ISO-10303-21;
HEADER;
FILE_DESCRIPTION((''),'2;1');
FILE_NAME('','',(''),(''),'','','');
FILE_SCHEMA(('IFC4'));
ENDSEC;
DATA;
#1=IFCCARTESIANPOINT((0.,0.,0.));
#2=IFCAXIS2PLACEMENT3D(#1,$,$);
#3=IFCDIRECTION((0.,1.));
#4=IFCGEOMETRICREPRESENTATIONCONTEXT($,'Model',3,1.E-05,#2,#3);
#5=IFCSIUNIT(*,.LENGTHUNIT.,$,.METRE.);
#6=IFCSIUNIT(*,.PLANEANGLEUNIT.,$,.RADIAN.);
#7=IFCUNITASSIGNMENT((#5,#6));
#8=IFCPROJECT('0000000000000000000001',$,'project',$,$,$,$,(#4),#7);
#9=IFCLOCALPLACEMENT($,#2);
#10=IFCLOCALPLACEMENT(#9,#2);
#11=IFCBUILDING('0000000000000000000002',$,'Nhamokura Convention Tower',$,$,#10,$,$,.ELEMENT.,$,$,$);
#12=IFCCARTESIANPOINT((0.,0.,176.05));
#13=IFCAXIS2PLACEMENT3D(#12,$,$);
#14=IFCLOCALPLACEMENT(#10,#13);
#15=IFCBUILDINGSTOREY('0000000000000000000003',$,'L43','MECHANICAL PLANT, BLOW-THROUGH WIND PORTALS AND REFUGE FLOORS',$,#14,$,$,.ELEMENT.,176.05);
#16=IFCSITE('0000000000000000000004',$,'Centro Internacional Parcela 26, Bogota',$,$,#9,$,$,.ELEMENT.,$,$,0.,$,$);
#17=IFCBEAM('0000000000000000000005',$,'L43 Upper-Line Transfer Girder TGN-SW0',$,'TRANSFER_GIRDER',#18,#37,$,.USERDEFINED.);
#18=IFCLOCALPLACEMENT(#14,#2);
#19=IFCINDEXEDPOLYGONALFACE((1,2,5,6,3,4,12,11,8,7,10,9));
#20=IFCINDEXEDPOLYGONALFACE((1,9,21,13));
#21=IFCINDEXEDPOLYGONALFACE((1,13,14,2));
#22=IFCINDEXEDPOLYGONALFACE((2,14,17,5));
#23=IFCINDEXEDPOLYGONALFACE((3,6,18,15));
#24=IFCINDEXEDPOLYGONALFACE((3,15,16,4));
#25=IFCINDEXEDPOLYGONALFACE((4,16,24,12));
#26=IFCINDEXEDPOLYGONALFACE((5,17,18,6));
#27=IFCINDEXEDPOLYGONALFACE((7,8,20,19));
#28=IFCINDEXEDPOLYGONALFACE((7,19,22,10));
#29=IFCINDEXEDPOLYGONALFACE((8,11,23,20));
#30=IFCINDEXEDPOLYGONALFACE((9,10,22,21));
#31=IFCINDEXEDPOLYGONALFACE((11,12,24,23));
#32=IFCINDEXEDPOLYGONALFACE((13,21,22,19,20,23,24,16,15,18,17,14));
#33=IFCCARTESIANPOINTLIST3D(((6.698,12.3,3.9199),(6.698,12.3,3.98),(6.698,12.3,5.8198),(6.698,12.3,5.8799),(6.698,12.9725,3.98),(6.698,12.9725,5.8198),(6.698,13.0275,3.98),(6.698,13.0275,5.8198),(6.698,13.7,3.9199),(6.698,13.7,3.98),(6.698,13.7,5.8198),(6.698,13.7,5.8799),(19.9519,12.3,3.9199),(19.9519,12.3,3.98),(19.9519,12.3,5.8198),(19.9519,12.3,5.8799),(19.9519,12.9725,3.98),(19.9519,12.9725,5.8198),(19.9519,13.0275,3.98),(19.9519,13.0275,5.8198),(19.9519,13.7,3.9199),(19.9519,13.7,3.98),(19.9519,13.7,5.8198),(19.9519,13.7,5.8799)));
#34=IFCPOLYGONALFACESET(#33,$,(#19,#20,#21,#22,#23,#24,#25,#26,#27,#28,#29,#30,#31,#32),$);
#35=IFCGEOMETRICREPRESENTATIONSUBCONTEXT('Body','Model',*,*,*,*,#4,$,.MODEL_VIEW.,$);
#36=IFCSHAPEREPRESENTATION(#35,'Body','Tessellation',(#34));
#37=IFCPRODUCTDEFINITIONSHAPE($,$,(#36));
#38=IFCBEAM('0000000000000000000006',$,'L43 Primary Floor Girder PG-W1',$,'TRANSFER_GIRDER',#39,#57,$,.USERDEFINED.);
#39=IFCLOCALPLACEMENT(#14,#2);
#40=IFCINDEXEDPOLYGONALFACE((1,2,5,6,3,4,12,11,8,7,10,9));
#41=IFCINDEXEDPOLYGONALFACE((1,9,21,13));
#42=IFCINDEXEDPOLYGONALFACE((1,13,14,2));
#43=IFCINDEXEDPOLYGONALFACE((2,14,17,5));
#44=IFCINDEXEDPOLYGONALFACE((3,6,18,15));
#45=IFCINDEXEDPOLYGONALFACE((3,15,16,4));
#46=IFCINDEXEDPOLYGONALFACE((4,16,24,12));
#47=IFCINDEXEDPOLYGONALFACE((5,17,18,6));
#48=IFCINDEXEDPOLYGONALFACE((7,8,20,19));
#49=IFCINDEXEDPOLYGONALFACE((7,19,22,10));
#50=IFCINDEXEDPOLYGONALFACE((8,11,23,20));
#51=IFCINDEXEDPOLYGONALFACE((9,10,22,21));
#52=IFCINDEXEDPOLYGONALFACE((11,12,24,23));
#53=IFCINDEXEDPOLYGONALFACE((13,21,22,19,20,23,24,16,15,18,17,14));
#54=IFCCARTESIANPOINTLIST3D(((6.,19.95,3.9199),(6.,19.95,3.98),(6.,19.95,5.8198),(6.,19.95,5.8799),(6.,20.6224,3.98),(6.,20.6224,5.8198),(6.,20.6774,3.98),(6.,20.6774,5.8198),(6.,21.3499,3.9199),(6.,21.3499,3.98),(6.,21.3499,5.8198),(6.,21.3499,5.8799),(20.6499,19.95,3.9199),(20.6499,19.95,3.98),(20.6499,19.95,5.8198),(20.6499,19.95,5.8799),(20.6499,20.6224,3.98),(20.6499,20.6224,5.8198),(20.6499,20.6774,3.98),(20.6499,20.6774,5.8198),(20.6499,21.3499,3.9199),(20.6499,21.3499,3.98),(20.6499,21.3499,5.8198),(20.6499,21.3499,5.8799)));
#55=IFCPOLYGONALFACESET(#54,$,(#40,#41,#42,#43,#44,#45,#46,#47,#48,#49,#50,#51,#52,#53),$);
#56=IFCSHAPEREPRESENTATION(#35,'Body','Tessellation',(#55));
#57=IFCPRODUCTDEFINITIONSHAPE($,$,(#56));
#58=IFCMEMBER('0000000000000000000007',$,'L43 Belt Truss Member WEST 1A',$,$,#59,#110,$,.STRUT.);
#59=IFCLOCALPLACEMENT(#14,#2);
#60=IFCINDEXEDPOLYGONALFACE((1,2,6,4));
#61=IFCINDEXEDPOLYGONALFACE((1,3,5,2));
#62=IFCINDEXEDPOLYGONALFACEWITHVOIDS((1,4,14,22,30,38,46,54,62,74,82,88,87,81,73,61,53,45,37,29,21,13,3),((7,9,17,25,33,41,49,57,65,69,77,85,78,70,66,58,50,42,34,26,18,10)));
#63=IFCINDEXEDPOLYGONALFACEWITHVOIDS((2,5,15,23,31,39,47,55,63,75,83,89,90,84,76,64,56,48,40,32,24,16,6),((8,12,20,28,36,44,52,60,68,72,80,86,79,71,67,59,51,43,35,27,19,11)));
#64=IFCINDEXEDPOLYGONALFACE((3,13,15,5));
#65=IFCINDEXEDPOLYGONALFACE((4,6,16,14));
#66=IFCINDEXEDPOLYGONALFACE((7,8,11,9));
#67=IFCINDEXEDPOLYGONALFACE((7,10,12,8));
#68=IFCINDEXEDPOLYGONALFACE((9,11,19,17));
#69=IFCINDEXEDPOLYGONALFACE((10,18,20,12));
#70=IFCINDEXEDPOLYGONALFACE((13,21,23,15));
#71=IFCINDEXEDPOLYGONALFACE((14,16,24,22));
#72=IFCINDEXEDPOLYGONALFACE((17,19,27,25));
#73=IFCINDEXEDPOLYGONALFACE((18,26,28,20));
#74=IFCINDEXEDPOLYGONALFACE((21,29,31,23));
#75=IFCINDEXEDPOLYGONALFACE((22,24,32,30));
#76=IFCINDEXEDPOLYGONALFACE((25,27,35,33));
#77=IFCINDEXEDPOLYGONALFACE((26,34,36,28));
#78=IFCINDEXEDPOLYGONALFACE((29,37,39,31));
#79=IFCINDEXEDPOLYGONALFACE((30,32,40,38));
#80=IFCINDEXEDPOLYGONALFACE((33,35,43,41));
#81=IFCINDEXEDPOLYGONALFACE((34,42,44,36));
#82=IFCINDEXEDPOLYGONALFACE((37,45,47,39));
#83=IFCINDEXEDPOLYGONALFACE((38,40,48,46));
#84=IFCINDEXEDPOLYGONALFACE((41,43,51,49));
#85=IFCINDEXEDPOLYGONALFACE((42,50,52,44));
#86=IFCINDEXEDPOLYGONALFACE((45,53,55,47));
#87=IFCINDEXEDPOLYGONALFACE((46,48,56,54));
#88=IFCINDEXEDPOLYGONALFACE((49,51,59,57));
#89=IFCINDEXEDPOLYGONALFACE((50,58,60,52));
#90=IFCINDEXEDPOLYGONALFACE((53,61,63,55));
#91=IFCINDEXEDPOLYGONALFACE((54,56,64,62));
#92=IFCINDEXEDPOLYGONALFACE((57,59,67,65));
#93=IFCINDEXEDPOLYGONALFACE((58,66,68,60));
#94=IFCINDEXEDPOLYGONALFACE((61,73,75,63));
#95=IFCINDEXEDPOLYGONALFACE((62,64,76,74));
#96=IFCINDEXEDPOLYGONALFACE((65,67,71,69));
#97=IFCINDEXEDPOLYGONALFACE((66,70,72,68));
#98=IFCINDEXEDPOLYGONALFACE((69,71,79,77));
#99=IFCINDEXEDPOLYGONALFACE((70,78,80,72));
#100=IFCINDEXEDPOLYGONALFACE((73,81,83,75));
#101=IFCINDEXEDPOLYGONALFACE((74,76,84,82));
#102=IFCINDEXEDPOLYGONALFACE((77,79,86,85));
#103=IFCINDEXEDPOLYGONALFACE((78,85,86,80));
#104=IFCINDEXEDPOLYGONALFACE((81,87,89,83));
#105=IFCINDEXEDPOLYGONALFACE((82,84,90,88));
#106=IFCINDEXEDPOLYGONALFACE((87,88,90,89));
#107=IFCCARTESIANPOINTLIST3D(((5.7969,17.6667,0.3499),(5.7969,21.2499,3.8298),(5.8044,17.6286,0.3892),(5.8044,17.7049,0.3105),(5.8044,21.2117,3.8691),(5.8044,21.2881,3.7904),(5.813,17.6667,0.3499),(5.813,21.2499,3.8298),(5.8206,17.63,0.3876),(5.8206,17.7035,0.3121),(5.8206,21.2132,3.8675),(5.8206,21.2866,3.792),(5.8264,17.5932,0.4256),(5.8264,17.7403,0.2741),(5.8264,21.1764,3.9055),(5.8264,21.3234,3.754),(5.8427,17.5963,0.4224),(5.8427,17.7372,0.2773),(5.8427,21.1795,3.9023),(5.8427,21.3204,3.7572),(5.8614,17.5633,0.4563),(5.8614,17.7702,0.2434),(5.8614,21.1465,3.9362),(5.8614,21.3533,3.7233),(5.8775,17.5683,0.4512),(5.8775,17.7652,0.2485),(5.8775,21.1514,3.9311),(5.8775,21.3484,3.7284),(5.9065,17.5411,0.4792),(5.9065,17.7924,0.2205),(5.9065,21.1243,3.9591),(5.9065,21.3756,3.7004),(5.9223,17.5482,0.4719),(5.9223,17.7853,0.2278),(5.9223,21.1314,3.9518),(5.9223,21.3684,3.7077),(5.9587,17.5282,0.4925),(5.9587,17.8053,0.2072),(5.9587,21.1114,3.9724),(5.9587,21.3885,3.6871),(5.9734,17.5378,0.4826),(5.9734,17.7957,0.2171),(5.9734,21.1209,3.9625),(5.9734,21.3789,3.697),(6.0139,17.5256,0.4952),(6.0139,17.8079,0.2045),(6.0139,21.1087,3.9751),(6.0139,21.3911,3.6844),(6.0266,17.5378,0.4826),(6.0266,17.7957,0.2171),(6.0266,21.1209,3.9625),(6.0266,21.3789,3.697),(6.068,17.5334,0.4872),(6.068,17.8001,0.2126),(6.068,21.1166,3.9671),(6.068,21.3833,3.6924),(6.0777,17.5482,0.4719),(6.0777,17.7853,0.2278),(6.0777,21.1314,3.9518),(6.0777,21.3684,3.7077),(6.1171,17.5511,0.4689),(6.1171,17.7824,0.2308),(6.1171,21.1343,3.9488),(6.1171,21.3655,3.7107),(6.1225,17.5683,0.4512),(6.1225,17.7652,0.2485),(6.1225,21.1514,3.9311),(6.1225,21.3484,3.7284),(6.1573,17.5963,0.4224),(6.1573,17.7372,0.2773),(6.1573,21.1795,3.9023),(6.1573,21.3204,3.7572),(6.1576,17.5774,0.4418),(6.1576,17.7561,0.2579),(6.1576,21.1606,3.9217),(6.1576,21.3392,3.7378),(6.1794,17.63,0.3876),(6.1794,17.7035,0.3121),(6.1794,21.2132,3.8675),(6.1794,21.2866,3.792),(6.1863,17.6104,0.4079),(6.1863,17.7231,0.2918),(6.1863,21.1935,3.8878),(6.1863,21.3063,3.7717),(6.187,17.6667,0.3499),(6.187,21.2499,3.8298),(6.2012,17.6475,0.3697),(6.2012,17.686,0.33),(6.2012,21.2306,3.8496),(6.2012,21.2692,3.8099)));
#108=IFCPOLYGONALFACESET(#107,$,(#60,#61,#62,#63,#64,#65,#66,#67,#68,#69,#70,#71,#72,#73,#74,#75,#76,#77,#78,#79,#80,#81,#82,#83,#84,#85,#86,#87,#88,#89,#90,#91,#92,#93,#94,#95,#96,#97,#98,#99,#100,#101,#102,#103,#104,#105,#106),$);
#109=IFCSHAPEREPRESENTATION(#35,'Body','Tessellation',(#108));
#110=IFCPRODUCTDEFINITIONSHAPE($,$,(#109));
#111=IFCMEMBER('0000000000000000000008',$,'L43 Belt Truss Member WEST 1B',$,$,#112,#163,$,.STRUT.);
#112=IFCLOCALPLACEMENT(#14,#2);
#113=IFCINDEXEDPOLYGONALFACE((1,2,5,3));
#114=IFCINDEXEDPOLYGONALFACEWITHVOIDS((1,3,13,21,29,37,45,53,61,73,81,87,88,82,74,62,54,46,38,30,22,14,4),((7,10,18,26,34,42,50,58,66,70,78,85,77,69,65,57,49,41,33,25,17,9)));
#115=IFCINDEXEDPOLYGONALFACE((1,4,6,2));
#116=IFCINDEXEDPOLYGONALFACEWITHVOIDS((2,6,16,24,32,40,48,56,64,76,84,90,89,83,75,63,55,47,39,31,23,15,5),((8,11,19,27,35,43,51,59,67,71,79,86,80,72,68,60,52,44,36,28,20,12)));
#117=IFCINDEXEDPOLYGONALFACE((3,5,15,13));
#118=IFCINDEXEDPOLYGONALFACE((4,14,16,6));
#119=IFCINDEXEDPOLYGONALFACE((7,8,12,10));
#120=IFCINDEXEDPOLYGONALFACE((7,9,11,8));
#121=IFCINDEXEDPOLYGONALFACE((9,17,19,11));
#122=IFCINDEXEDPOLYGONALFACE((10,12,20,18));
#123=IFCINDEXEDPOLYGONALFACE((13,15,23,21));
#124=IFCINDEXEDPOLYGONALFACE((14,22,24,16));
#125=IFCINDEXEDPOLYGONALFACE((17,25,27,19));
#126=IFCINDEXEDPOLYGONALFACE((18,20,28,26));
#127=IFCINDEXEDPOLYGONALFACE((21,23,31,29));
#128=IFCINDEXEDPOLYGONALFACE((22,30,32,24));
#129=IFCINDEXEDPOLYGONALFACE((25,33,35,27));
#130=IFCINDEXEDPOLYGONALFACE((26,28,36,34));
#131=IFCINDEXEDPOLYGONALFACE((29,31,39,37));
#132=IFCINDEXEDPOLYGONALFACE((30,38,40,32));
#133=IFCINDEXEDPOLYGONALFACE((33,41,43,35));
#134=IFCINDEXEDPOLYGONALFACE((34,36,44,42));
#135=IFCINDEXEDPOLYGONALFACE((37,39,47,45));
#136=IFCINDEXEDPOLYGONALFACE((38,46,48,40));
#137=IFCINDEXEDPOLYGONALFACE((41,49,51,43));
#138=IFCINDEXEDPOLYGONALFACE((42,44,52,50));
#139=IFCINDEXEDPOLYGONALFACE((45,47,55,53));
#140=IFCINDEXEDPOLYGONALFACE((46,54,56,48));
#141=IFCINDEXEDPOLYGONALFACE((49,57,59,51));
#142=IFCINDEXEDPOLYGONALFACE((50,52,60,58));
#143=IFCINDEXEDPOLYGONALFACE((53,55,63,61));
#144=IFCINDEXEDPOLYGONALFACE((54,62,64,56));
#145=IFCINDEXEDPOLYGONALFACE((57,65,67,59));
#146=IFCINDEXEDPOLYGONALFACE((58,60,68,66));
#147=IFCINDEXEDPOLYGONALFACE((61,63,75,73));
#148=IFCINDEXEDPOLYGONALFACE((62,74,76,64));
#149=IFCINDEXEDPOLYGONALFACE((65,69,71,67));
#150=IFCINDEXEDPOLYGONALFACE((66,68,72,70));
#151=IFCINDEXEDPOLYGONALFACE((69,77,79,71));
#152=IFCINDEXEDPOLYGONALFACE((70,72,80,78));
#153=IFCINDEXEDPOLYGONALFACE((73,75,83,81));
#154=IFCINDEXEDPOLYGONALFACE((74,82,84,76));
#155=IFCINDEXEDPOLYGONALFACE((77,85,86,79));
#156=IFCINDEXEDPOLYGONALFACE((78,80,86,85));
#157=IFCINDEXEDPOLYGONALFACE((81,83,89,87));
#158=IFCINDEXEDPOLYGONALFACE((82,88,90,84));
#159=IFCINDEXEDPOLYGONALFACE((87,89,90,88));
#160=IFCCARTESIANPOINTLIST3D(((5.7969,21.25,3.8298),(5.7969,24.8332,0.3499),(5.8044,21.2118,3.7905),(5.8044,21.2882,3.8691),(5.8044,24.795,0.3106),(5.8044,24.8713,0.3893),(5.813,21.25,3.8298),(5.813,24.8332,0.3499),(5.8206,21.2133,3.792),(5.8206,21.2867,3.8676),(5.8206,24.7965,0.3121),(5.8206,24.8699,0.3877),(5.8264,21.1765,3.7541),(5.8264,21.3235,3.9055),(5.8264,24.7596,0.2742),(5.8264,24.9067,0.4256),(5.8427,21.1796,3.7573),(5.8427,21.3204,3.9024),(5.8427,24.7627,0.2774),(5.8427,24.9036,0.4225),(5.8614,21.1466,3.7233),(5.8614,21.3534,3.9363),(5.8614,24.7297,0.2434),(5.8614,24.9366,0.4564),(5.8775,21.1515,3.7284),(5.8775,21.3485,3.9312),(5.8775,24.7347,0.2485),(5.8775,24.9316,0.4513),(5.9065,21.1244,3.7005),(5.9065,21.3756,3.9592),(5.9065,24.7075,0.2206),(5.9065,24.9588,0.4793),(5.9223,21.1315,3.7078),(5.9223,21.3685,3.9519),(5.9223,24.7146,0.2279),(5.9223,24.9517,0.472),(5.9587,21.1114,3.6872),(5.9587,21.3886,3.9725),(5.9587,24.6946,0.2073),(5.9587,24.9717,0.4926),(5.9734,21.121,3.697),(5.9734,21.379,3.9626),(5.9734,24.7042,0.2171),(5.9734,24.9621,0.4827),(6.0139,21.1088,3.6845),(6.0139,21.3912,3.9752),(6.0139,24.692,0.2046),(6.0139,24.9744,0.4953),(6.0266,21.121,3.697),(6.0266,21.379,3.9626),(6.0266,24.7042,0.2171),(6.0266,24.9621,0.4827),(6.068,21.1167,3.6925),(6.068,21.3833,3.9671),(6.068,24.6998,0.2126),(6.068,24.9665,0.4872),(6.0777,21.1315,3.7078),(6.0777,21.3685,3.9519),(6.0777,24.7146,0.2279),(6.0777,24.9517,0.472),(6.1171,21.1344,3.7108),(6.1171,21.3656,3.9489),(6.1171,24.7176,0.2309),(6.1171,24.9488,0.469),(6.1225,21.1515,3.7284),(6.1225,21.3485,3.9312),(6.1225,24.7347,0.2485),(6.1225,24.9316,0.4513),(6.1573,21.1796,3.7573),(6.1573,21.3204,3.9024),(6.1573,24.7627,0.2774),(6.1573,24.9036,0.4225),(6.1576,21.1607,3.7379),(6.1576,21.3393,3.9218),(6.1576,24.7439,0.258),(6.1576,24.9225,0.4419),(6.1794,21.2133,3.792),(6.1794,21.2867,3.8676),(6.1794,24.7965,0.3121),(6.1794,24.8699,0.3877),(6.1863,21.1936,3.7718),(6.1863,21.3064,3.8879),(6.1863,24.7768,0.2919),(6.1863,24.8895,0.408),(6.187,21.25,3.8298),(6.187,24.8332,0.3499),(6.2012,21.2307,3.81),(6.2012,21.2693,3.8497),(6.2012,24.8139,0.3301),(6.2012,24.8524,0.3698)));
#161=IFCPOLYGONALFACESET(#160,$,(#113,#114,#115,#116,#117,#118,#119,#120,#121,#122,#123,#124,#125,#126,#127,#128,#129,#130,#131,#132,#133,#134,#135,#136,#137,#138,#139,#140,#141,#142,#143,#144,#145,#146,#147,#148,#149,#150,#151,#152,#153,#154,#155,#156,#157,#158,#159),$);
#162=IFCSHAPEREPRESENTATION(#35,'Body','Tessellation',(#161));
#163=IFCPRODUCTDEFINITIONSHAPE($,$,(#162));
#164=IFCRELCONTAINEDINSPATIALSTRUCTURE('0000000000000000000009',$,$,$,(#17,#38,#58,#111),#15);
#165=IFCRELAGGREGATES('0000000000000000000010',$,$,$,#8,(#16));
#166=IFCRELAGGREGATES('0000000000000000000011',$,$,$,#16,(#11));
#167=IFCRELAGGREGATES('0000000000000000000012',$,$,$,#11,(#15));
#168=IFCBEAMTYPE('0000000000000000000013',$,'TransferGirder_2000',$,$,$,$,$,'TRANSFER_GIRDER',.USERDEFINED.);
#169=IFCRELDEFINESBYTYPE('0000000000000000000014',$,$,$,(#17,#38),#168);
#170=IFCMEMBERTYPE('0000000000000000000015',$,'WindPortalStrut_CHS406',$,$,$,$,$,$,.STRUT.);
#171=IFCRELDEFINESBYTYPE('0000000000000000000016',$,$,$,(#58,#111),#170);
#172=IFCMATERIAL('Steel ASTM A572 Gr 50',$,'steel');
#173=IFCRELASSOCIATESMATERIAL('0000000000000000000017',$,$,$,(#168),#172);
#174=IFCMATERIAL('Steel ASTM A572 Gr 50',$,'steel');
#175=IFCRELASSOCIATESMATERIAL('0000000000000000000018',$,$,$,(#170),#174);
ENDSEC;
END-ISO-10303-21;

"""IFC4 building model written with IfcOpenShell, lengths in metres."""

from ifc_helpers import new_model, si_unit, direction, frame, origin, origin_2d, place, context, subcontext, project, spatial, hollow_circle, i_section, extrude, material, material_profile, profile_set, type_object, element, save


model = new_model("IFC4")

# Units and contexts
model_context = context("Model", 3, precision=1e-05, world=origin(), true_north=direction((0.0, 1.0)))
body_context = subcontext(model_context, "Body", "Model", "MODEL_VIEW")
ifc_project = project(units=[si_unit("LENGTHUNIT", "METRE"), si_unit("PLANEANGLEUNIT", "RADIAN")], contexts=[model_context])

# Site, building, storey
site_placement = place(None, origin())
site = spatial("IfcSite", under=ifc_project, at=site_placement, Name="Centro Internacional Parcela 26, Bogota", CompositionType="ELEMENT", RefElevation=0.0)
building_placement = place(site_placement, origin())
building = spatial("IfcBuilding", under=site, at=building_placement, Name="Nhamokura Convention Tower", CompositionType="ELEMENT")
storey_placement = place(building_placement, frame((0.0, 0.0, 176.05)))
storey = spatial("IfcBuildingStorey", under=building, at=storey_placement, Name="L43", Description="MECHANICAL PLANT, BLOW-THROUGH WIND PORTALS AND REFUGE FLOORS", CompositionType="ELEMENT", Elevation=176.05)

# Beams
ifc_material_1 = material(Name="Steel ASTM A572 Gr 50", Category="steel")
ifc_material_profile_1 = material_profile(ifc_material_1, i_section(OverallWidth=1.3999, OverallDepth=1.96, WebThickness=0.0549, FlangeThickness=0.0601, at=origin_2d()))
ifc_profile_set_1 = profile_set([ifc_material_profile_1], Name="Steel ASTM A572 Gr 50")
beam_type_1 = type_object("IfcBeamType", Name="TransferGirder_2000", ElementType="TRANSFER_GIRDER", PredefinedType="USERDEFINED", material=ifc_profile_set_1)
beam_1_placement = place(storey_placement, frame((6.698, 13.0, 4.8999), z_axis=(1.0, 0.0, 0.0), x_axis=(0.0, 1.0, 0.0)))
element("IfcBeam", 1, at=beam_1_placement, inside=storey, type_object=beam_type_1, Name="L43 Upper-Line Transfer Girder TGN-SW0", ObjectType="TRANSFER_GIRDER", PredefinedType="USERDEFINED", context=body_context, shape_type="SweptSolid", body=[
    extrude(i_section(OverallWidth=1.3999, OverallDepth=1.96, WebThickness=0.0549, FlangeThickness=0.0601, at=origin_2d()), origin(), (0.0, 0.0, 1.0), 13.2539),
])
beam_2_placement = place(storey_placement, frame((6.0, 20.6499, 4.8999), z_axis=(1.0, 0.0, 0.0), x_axis=(0.0, 1.0, 0.0)))
element("IfcBeam", 2, at=beam_2_placement, inside=storey, type_object=beam_type_1, Name="L43 Primary Floor Girder PG-W1", ObjectType="TRANSFER_GIRDER", PredefinedType="USERDEFINED", context=body_context, shape_type="SweptSolid", body=[
    extrude(i_section(OverallWidth=1.3999, OverallDepth=1.96, WebThickness=0.0549, FlangeThickness=0.0601, at=origin_2d()), origin(), (0.0, 0.0, 1.0), 14.6499),
])

# Members
ifc_material_2 = material(Name="Steel ASTM A572 Gr 50", Category="steel")
ifc_material_profile_2 = material_profile(ifc_material_2, hollow_circle(Radius=0.2031, WallThickness=0.0161, at=origin_2d()))
ifc_profile_set_2 = profile_set([ifc_material_profile_2], Name="Steel ASTM A572 Gr 50")
member_type_1 = type_object("IfcMemberType", Name="WindPortalStrut_CHS406", PredefinedType="STRUT", material=ifc_profile_set_2)
for number, where, z_axis, x_axis, name in (
    (3, (6.0, 17.6667, 0.3499), (0.0, 0.717369, 0.696694), (-1.0, 0.0, 0.0), "L43 Belt Truss Member WEST 1A"),
    (4, (6.0, 21.25, 3.8298), (0.0, 0.717369, -0.696694), (-1.0, 0.0, 0.0), "L43 Belt Truss Member WEST 1B"),
):
    element("IfcMember", number, at=place(storey_placement, frame(where, z_axis=z_axis, x_axis=x_axis)), inside=storey, type_object=member_type_1, Name=name, PredefinedType="STRUT", context=body_context, shape_type="SweptSolid", body=[
        extrude(hollow_circle(Radius=0.2031, WallThickness=0.0161, at=origin_2d()), origin(), (0.0, 0.0, 1.0), 4.9949),
    ])

save(model, "model.ifc")
